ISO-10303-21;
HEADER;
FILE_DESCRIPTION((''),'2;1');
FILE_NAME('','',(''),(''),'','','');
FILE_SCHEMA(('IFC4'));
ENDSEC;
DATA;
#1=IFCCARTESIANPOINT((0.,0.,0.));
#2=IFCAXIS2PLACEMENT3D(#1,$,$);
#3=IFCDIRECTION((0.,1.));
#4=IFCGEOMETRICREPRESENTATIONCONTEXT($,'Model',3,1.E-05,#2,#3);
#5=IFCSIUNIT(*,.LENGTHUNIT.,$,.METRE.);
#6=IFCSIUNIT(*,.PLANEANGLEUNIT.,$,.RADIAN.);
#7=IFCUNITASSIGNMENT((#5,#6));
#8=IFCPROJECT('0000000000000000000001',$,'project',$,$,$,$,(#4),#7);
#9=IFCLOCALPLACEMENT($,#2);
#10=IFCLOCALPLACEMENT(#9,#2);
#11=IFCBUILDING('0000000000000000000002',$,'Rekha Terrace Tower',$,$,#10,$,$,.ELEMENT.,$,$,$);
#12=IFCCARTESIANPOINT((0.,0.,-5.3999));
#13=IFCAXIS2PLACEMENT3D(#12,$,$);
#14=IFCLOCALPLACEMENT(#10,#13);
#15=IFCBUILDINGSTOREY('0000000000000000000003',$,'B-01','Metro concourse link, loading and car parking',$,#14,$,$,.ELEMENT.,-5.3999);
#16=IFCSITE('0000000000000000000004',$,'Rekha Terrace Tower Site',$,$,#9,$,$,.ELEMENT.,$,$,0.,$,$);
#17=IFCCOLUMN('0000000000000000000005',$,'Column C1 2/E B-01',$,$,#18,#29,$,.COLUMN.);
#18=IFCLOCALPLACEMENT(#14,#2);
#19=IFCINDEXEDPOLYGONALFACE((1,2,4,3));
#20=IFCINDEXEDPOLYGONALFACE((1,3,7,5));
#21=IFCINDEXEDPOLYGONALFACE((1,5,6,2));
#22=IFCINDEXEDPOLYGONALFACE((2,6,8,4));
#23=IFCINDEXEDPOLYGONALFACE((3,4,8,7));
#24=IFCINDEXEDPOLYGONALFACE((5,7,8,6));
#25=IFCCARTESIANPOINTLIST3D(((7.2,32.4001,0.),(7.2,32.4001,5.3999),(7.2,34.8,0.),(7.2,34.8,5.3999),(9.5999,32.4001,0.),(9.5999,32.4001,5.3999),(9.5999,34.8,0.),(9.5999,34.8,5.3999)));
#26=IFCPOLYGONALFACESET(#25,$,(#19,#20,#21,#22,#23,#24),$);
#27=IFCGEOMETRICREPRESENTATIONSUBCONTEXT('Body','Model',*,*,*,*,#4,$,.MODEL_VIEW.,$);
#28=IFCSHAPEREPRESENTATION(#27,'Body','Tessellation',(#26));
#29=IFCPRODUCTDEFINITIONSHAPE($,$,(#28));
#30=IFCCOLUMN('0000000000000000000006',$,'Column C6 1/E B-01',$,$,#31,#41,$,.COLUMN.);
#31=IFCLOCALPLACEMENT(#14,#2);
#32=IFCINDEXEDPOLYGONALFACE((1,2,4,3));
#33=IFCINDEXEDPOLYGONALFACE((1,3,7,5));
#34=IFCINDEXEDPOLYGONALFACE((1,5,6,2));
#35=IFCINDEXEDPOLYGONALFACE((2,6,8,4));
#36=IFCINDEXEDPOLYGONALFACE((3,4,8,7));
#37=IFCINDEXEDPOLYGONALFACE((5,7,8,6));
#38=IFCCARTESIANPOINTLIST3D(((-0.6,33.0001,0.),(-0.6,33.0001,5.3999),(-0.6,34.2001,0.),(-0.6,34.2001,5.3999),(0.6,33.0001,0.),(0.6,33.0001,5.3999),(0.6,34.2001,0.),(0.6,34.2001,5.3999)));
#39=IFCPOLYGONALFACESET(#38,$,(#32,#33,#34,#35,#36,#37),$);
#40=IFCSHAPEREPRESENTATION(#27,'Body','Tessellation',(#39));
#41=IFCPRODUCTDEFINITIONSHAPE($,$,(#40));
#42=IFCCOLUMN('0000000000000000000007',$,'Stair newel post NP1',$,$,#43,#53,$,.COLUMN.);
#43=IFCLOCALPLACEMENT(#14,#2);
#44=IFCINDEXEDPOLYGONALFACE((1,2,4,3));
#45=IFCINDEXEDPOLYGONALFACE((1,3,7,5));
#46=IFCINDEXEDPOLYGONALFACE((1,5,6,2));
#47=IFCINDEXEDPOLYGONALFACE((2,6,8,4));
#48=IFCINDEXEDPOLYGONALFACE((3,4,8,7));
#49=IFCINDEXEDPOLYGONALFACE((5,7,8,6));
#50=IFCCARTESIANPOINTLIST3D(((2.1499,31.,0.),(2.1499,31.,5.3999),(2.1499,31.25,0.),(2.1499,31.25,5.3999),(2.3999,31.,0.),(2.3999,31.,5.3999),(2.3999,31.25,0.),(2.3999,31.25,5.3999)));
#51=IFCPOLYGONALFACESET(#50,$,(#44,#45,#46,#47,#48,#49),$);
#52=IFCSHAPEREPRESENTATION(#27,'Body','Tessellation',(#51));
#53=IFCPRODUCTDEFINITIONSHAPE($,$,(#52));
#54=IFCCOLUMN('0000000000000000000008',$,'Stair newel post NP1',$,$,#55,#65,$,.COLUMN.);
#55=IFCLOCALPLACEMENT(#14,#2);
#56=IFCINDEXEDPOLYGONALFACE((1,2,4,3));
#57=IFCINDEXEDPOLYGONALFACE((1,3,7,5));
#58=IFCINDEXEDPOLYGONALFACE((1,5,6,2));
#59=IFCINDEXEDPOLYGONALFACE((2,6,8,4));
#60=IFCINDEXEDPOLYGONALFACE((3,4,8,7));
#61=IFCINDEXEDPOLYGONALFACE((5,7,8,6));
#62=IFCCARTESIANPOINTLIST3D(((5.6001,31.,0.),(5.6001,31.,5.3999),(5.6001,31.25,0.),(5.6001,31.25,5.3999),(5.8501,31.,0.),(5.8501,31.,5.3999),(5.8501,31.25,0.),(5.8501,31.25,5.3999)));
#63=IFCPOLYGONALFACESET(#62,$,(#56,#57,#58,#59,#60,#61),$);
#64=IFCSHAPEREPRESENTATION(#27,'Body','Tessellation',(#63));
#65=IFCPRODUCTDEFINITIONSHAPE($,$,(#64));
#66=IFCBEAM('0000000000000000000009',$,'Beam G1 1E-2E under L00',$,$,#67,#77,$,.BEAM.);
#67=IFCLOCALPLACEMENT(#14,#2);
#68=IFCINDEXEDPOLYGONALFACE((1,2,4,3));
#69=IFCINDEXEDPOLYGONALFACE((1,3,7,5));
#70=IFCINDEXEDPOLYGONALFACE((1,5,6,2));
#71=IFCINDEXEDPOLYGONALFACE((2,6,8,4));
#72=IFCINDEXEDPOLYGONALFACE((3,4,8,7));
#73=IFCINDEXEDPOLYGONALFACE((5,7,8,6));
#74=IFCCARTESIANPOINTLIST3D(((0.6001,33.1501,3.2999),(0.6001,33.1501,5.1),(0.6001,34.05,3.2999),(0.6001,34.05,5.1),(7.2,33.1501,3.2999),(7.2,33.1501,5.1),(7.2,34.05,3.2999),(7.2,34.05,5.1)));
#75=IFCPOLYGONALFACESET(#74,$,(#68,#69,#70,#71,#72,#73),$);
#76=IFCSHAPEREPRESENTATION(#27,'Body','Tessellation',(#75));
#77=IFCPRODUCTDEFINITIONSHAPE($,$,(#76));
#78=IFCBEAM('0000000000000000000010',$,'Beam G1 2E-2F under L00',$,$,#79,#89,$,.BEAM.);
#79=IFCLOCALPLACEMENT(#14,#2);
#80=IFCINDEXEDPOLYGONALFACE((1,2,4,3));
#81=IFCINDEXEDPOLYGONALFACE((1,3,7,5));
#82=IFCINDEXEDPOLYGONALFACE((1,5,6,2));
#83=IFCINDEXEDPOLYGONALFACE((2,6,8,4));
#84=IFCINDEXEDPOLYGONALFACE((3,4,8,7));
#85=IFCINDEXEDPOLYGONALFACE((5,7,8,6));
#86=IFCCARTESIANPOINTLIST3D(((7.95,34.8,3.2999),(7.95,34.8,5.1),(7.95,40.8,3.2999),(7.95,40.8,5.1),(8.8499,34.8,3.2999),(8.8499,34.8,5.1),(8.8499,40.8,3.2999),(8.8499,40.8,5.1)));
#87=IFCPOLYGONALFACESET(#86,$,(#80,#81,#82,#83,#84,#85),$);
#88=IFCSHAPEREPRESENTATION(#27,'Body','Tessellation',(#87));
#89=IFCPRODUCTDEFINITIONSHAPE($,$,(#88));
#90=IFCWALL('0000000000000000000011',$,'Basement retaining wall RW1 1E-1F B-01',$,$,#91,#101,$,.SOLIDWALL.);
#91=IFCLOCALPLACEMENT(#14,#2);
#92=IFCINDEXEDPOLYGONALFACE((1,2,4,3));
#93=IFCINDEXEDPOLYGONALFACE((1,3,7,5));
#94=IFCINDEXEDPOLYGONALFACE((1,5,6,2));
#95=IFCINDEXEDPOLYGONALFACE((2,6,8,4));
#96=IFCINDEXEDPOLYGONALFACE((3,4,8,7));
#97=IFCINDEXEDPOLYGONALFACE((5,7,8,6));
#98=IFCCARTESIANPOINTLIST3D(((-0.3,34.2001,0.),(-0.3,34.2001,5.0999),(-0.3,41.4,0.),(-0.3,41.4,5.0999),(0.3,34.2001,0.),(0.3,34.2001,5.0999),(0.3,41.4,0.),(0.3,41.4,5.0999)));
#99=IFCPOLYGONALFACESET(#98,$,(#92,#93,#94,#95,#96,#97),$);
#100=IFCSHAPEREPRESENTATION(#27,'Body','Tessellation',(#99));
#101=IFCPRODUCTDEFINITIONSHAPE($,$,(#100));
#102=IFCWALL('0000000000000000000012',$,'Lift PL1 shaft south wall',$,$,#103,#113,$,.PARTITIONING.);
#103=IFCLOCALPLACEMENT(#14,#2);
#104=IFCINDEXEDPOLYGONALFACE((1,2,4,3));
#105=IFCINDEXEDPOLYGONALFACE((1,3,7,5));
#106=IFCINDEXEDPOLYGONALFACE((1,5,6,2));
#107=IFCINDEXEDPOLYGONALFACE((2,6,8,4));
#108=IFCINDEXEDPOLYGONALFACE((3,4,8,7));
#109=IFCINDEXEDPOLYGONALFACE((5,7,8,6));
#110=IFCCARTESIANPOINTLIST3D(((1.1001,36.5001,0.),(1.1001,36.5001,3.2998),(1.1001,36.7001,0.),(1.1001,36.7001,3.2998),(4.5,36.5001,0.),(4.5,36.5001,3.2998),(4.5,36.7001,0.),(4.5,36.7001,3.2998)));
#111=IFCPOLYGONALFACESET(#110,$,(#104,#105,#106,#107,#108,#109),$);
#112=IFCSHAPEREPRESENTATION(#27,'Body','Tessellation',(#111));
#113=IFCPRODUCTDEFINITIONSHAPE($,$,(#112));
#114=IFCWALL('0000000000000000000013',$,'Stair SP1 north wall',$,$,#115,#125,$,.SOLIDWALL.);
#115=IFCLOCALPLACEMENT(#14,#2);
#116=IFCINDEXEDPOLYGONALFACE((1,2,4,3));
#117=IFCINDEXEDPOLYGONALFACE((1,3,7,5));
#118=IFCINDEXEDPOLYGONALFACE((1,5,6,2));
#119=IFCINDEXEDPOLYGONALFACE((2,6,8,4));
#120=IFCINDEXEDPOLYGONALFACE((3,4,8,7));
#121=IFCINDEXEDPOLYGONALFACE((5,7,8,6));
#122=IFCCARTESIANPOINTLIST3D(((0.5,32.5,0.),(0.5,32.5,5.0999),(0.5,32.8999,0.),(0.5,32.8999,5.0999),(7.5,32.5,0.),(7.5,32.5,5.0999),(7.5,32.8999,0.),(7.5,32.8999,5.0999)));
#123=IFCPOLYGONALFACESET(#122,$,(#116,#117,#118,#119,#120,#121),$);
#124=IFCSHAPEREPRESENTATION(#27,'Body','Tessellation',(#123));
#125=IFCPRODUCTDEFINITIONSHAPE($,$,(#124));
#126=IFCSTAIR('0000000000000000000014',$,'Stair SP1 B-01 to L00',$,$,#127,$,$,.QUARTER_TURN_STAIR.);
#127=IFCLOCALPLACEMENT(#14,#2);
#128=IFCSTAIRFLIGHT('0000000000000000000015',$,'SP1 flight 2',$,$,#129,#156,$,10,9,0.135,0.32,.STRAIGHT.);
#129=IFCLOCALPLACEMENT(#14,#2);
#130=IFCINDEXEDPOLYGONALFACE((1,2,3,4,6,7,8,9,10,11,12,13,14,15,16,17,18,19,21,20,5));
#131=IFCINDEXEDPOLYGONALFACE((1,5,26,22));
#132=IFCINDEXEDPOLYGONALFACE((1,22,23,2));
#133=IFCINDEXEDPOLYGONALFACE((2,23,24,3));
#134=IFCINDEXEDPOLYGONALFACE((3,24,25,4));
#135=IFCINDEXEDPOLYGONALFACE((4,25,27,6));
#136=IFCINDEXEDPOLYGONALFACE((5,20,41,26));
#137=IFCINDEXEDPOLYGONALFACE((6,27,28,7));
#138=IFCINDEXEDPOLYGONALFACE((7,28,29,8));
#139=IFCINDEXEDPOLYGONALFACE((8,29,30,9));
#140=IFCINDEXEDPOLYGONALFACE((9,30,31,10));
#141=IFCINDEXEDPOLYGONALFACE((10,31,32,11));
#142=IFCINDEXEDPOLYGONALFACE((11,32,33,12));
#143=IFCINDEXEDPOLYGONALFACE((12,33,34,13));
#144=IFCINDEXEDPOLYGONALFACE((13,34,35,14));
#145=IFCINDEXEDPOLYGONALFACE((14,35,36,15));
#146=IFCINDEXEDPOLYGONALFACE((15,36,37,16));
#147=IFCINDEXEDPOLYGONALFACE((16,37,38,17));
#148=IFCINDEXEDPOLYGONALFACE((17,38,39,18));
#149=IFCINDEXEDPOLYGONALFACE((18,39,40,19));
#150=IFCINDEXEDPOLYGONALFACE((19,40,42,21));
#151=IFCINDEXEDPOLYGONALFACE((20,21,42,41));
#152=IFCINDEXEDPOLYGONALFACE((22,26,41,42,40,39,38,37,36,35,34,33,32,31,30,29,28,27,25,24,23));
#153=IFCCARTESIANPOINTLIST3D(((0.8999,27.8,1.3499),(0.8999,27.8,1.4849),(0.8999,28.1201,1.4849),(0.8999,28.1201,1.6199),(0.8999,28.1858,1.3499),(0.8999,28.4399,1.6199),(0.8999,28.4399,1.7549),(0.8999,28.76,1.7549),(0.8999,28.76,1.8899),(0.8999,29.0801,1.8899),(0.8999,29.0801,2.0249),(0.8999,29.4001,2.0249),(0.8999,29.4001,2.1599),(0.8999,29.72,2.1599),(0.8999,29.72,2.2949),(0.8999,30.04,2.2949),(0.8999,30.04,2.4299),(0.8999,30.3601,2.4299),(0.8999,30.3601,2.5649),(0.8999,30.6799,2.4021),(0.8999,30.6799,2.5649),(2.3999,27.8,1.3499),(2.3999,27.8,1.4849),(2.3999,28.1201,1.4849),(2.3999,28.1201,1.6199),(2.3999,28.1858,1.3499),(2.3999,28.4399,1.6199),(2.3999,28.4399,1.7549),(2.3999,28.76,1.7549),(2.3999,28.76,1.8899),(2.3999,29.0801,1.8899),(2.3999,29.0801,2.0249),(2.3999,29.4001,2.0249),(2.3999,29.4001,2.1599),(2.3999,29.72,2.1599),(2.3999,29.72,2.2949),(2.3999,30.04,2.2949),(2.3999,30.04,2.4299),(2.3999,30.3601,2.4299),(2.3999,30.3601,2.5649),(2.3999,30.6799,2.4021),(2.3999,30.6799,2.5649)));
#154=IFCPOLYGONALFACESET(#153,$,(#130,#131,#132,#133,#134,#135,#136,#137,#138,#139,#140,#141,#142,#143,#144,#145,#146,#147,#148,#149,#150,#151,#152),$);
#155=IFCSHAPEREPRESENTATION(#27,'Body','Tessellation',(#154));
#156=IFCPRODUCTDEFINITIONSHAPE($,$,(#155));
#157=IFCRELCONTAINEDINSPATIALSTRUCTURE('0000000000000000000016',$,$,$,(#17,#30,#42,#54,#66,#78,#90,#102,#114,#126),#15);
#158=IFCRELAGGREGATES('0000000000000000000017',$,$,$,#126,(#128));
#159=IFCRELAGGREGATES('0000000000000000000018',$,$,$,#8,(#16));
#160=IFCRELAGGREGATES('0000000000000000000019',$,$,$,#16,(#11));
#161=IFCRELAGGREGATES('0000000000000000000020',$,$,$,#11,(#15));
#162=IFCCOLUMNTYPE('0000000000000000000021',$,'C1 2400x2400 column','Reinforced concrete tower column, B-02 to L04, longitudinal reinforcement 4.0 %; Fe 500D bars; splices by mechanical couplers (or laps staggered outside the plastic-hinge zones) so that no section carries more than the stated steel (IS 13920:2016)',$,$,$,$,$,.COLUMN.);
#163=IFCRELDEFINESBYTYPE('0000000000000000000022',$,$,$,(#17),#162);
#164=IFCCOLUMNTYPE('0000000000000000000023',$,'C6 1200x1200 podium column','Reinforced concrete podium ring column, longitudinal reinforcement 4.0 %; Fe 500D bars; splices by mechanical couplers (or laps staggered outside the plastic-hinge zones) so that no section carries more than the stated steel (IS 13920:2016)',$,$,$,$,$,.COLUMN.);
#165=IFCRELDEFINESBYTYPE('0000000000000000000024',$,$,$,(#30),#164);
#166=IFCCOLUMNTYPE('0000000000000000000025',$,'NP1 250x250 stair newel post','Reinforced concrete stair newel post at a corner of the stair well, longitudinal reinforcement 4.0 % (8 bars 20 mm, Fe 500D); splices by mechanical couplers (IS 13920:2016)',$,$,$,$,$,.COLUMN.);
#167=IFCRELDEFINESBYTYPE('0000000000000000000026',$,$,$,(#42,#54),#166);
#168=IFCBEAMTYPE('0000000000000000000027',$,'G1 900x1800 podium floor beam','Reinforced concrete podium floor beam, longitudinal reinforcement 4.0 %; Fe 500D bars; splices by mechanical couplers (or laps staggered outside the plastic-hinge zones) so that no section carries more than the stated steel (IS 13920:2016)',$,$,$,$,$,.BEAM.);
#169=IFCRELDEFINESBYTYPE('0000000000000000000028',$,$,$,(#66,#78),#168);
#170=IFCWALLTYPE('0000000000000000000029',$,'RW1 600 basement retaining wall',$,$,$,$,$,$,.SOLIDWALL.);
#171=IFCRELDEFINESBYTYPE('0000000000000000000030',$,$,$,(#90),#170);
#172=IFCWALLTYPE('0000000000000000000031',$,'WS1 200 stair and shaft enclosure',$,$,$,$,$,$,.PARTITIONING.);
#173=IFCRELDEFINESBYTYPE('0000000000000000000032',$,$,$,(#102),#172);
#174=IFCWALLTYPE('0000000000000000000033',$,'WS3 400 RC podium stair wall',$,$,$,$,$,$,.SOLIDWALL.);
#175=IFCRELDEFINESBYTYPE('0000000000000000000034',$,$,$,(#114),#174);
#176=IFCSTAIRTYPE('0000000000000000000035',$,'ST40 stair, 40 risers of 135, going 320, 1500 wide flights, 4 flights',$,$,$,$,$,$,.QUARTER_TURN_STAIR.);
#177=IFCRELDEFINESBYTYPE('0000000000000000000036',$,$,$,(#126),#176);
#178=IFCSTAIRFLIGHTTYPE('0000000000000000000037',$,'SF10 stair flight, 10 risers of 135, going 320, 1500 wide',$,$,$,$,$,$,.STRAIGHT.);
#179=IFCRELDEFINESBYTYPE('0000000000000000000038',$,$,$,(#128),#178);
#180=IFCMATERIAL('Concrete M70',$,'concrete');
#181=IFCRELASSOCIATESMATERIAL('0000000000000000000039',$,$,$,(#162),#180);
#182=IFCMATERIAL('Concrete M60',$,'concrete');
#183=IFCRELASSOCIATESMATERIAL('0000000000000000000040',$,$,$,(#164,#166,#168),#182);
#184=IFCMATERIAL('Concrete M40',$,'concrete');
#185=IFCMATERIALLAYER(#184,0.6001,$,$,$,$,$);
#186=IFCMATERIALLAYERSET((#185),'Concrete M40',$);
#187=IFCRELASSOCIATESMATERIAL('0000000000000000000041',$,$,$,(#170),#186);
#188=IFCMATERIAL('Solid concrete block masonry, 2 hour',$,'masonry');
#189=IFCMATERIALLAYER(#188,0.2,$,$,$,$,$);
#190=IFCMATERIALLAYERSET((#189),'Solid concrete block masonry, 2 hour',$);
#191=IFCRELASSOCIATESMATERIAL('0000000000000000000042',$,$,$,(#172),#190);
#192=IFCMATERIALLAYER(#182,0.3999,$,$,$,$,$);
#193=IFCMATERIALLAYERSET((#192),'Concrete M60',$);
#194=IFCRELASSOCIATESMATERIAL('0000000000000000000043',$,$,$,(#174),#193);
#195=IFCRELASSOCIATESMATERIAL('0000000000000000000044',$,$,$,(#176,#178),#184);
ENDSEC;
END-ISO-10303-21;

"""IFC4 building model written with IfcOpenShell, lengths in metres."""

from ifc_helpers import new_model, si_unit, direction, frame, frame_2d, origin, origin_2d, place, context, subcontext, project, spatial, polyline, rectangle, outline, extrude, material, layer, layer_set, material_profile, profile_set, type_object, element, aggregate, save


model = new_model("IFC4")

# Units and contexts
model_context = context("Model", 3, precision=1e-05, world=origin(), true_north=direction((0.0, 1.0)))
body_context = subcontext(model_context, "Body", "Model", "MODEL_VIEW")
ifc_project = project(units=[si_unit("LENGTHUNIT", "METRE"), si_unit("PLANEANGLEUNIT", "RADIAN")], contexts=[model_context])

# Site, building, storey
site_placement = place(None, origin())
site = spatial("IfcSite", under=ifc_project, at=site_placement, Name="Rekha Terrace Tower Site", CompositionType="ELEMENT", RefElevation=0.0)
building_placement = place(site_placement, origin())
building = spatial("IfcBuilding", under=site, at=building_placement, Name="Rekha Terrace Tower", CompositionType="ELEMENT")
storey_placement = place(building_placement, frame((0.0, 0.0, -5.3999)))
storey = spatial("IfcBuildingStorey", under=building, at=storey_placement, Name="B-01", Description="Metro concourse link, loading and car parking", CompositionType="ELEMENT", Elevation=-5.3999)

# Columns
ifc_material_1 = material(Name="Concrete M70", Category="concrete")
ifc_material_profile_1 = material_profile(ifc_material_1, rectangle(XDim=2.3999, YDim=2.3999, at=origin_2d()), Name="RC 2400x2400")
ifc_profile_set_1 = profile_set([ifc_material_profile_1], Name="Concrete M70")
column_type_1 = type_object("IfcColumnType", Name="C1 2400x2400 column", Description="Reinforced concrete tower column, B-02 to L04, longitudinal reinforcement 4.0 %; Fe 500D bars; splices by mechanical couplers (or laps staggered outside the plastic-hinge zones) so that no section carries more than the stated steel (IS 13920:2016)", PredefinedType="COLUMN", material=ifc_profile_set_1)
column_1_placement = place(storey_placement, frame((8.3999, 33.6001, 0.0), z_axis=(0.0, 0.0, 1.0), x_axis=(1.0, 0.0, 0.0)))
element("IfcColumn", 1, at=column_1_placement, inside=storey, type_object=column_type_1, Name="Column C1 2/E B-01", PredefinedType="COLUMN", context=body_context, shape_type="SweptSolid", body=[
    extrude(rectangle(XDim=2.3999, YDim=2.3999, at=origin_2d()), origin(), (0.0, 0.0, 1.0), 5.3999),
])
ifc_material_2 = material(Name="Concrete M60", Category="concrete")
ifc_material_profile_2 = material_profile(ifc_material_2, rectangle(XDim=1.2, YDim=1.2, at=origin_2d()), Name="RC 1200x1200")
ifc_profile_set_2 = profile_set([ifc_material_profile_2], Name="Concrete M60")
column_type_2 = type_object("IfcColumnType", Name="C6 1200x1200 podium column", Description="Reinforced concrete podium ring column, longitudinal reinforcement 4.0 %; Fe 500D bars; splices by mechanical couplers (or laps staggered outside the plastic-hinge zones) so that no section carries more than the stated steel (IS 13920:2016)", PredefinedType="COLUMN", material=ifc_profile_set_2)
column_2_placement = place(storey_placement, frame((0.0, 33.6001, 0.0), z_axis=(0.0, 0.0, 1.0), x_axis=(1.0, 0.0, 0.0)))
element("IfcColumn", 2, at=column_2_placement, inside=storey, type_object=column_type_2, Name="Column C6 1/E B-01", PredefinedType="COLUMN", context=body_context, shape_type="SweptSolid", body=[
    extrude(rectangle(XDim=1.2, YDim=1.2, at=origin_2d()), origin(), (0.0, 0.0, 1.0), 5.3999),
])
ifc_material_profile_3 = material_profile(ifc_material_2, rectangle(XDim=0.25, YDim=0.25, at=origin_2d()), Name="RC 250x250")
ifc_profile_set_3 = profile_set([ifc_material_profile_3], Name="Concrete M60")
column_type_3 = type_object("IfcColumnType", Name="NP1 250x250 stair newel post", Description="Reinforced concrete stair newel post at a corner of the stair well, longitudinal reinforcement 4.0 % (8 bars 20 mm, Fe 500D); splices by mechanical couplers (IS 13920:2016)", PredefinedType="COLUMN", material=ifc_profile_set_3)
for number, where, z_axis, x_axis, name in (
    (3, (2.2749, 31.125, 0.0), (0.0, 0.0, 1.0), (1.0, 0.0, 0.0), "Stair newel post NP1"),
    (4, (5.7251, 31.125, 0.0), (0.0, 0.0, 1.0), (1.0, 0.0, 0.0), "Stair newel post NP1"),
):
    element("IfcColumn", number, at=place(storey_placement, frame(where, z_axis=z_axis, x_axis=x_axis)), inside=storey, type_object=column_type_3, Name=name, PredefinedType="COLUMN", context=body_context, shape_type="SweptSolid", body=[
        extrude(rectangle(XDim=0.25, YDim=0.25, at=origin_2d()), origin(), (0.0, 0.0, 1.0), 5.3999),
    ])

# Beams
ifc_material_profile_4 = material_profile(ifc_material_2, rectangle(XDim=0.8999, YDim=1.8, at=origin_2d()), Name="RC 900x1800")
ifc_profile_set_4 = profile_set([ifc_material_profile_4], Name="Concrete M60")
beam_type = type_object("IfcBeamType", Name="G1 900x1800 podium floor beam", Description="Reinforced concrete podium floor beam, longitudinal reinforcement 4.0 %; Fe 500D bars; splices by mechanical couplers (or laps staggered outside the plastic-hinge zones) so that no section carries more than the stated steel (IS 13920:2016)", PredefinedType="BEAM", material=ifc_profile_set_4)
beam_1_placement = place(storey_placement, frame((0.6001, 33.6001, 4.2), z_axis=(1.0, 0.0, 0.0), x_axis=(0.0, 1.0, 0.0)))
element("IfcBeam", 5, at=beam_1_placement, inside=storey, type_object=beam_type, Name="Beam G1 1E-2E under L00", PredefinedType="BEAM", context=body_context, shape_type="SweptSolid", body=[
    extrude(rectangle(XDim=0.8999, YDim=1.8, at=origin_2d()), origin(), (0.0, 0.0, 1.0), 6.5999),
])
beam_2_placement = place(storey_placement, frame((8.3999, 34.8, 4.2), z_axis=(0.0, 1.0, 0.0), x_axis=(-1.0, 0.0, 0.0)))
element("IfcBeam", 6, at=beam_2_placement, inside=storey, type_object=beam_type, Name="Beam G1 2E-2F under L00", PredefinedType="BEAM", context=body_context, shape_type="SweptSolid", body=[
    extrude(rectangle(XDim=0.8999, YDim=1.8, at=origin_2d()), origin(), (0.0, 0.0, 1.0), 6.0),
])

# Walls
ifc_material_3 = material(Name="Concrete M40", Category="concrete")
ifc_layer_1 = layer(ifc_material_3, 0.6001)
ifc_layer_set_1 = layer_set([ifc_layer_1], Name="Concrete M40")
wall_type_1 = type_object("IfcWallType", Name="RW1 600 basement retaining wall", PredefinedType="SOLIDWALL", material=ifc_layer_set_1)
wall_1_placement = place(storey_placement, frame((0.0, 34.2, 0.0), z_axis=(0.0, 0.0, 1.0), x_axis=(0.0, 1.0, 0.0)))
element("IfcWall", 7, at=wall_1_placement, inside=storey, type_object=wall_type_1, Name="Basement retaining wall RW1 1E-1F B-01", PredefinedType="SOLIDWALL", context=body_context, shape_type="SweptSolid", body=[
    extrude(rectangle(XDim=7.2, YDim=0.6001, at=frame_2d((3.6001, 0.0))), origin(), (0.0, 0.0, 1.0), 5.0999),
])
ifc_material_4 = material(Name="Solid concrete block masonry, 2 hour", Category="masonry")
ifc_layer_2 = layer(ifc_material_4, 0.2)
ifc_layer_set_2 = layer_set([ifc_layer_2], Name="Solid concrete block masonry, 2 hour")
wall_type_2 = type_object("IfcWallType", Name="WS1 200 stair and shaft enclosure", PredefinedType="PARTITIONING", material=ifc_layer_set_2)
wall_2_placement = place(storey_placement, frame((1.1001, 36.6001, 0.0), z_axis=(0.0, 0.0, 1.0), x_axis=(1.0, 0.0, 0.0)))
element("IfcWall", 8, at=wall_2_placement, inside=storey, type_object=wall_type_2, Name="Lift PL1 shaft south wall", PredefinedType="PARTITIONING", context=body_context, shape_type="SweptSolid", body=[
    extrude(rectangle(XDim=3.3999, YDim=0.2, at=frame_2d((1.7, 0.0))), origin(), (0.0, 0.0, 1.0), 3.2998),
])
ifc_layer_3 = layer(ifc_material_2, 0.3999)
ifc_layer_set_3 = layer_set([ifc_layer_3], Name="Concrete M60")
wall_type_3 = type_object("IfcWallType", Name="WS3 400 RC podium stair wall", PredefinedType="SOLIDWALL", material=ifc_layer_set_3)
wall_3_placement = place(storey_placement, frame((0.5, 32.7, 0.0), z_axis=(0.0, 0.0, 1.0), x_axis=(1.0, 0.0, 0.0)))
element("IfcWall", 9, at=wall_3_placement, inside=storey, type_object=wall_type_3, Name="Stair SP1 north wall", PredefinedType="SOLIDWALL", context=body_context, shape_type="SweptSolid", body=[
    extrude(rectangle(XDim=7.0, YDim=0.3999, at=frame_2d((3.5, 0.0))), origin(), (0.0, 0.0, 1.0), 5.0999),
])

# Stair, stair flight
stair_type = type_object("IfcStairType", Name="ST40 stair, 40 risers of 135, going 320, 1500 wide flights, 4 flights", PredefinedType="QUARTER_TURN_STAIR", material=ifc_material_3)
stair_placement = place(storey_placement, origin())
stair = element("IfcStair", 10, at=stair_placement, inside=storey, type_object=stair_type, Name="Stair SP1 B-01 to L00", PredefinedType="QUARTER_TURN_STAIR")
stair_flight_type = type_object("IfcStairFlightType", Name="SF10 stair flight, 10 risers of 135, going 320, 1500 wide", PredefinedType="STRAIGHT", material=ifc_material_3)
stair_flight_1_placement = place(storey_placement, frame((1.6499, 27.8, 1.3499), z_axis=(0.0, 0.0, 1.0), x_axis=(0.0, 1.0, 0.0)))
stair_flight_1 = element("IfcStairFlight", 11, at=stair_flight_1_placement, type_object=stair_flight_type, Name="SP1 flight 2", NumberOfRisers=10, NumberOfTreads=9, PredefinedType="STRAIGHT", RiserHeight=0.135, TreadLength=0.32, context=body_context, shape_type="SweptSolid", body=[
    extrude(outline(polyline([(0.0, 0.0), (0.0, 0.135), (0.3201, 0.135), (0.3201, 0.27), (0.6399, 0.27), (0.6399, 0.405), (0.96, 0.405), (0.96, 0.54), (1.28, 0.54), (1.28, 0.675), (1.6001, 0.675), (1.6001, 0.8101), (1.9199, 0.8101), (1.9199, 0.9451), (2.24, 0.9451), (2.24, 1.0801), (2.5601, 1.0801), (2.5601, 1.2151), (2.8799, 1.2151), (2.8799, 1.3501), (2.8799, 1.0522), (0.3857, 0.0), (0.0, 0.0)])), frame((0.0, 0.75, 0.0), z_axis=(0.0, -1.0, 0.0), x_axis=(1.0, 0.0, 0.0)), (0.0, 0.0, 1.0), 1.5),
])
aggregate(stair, [stair_flight_1])

save(model, "model.ifc")
